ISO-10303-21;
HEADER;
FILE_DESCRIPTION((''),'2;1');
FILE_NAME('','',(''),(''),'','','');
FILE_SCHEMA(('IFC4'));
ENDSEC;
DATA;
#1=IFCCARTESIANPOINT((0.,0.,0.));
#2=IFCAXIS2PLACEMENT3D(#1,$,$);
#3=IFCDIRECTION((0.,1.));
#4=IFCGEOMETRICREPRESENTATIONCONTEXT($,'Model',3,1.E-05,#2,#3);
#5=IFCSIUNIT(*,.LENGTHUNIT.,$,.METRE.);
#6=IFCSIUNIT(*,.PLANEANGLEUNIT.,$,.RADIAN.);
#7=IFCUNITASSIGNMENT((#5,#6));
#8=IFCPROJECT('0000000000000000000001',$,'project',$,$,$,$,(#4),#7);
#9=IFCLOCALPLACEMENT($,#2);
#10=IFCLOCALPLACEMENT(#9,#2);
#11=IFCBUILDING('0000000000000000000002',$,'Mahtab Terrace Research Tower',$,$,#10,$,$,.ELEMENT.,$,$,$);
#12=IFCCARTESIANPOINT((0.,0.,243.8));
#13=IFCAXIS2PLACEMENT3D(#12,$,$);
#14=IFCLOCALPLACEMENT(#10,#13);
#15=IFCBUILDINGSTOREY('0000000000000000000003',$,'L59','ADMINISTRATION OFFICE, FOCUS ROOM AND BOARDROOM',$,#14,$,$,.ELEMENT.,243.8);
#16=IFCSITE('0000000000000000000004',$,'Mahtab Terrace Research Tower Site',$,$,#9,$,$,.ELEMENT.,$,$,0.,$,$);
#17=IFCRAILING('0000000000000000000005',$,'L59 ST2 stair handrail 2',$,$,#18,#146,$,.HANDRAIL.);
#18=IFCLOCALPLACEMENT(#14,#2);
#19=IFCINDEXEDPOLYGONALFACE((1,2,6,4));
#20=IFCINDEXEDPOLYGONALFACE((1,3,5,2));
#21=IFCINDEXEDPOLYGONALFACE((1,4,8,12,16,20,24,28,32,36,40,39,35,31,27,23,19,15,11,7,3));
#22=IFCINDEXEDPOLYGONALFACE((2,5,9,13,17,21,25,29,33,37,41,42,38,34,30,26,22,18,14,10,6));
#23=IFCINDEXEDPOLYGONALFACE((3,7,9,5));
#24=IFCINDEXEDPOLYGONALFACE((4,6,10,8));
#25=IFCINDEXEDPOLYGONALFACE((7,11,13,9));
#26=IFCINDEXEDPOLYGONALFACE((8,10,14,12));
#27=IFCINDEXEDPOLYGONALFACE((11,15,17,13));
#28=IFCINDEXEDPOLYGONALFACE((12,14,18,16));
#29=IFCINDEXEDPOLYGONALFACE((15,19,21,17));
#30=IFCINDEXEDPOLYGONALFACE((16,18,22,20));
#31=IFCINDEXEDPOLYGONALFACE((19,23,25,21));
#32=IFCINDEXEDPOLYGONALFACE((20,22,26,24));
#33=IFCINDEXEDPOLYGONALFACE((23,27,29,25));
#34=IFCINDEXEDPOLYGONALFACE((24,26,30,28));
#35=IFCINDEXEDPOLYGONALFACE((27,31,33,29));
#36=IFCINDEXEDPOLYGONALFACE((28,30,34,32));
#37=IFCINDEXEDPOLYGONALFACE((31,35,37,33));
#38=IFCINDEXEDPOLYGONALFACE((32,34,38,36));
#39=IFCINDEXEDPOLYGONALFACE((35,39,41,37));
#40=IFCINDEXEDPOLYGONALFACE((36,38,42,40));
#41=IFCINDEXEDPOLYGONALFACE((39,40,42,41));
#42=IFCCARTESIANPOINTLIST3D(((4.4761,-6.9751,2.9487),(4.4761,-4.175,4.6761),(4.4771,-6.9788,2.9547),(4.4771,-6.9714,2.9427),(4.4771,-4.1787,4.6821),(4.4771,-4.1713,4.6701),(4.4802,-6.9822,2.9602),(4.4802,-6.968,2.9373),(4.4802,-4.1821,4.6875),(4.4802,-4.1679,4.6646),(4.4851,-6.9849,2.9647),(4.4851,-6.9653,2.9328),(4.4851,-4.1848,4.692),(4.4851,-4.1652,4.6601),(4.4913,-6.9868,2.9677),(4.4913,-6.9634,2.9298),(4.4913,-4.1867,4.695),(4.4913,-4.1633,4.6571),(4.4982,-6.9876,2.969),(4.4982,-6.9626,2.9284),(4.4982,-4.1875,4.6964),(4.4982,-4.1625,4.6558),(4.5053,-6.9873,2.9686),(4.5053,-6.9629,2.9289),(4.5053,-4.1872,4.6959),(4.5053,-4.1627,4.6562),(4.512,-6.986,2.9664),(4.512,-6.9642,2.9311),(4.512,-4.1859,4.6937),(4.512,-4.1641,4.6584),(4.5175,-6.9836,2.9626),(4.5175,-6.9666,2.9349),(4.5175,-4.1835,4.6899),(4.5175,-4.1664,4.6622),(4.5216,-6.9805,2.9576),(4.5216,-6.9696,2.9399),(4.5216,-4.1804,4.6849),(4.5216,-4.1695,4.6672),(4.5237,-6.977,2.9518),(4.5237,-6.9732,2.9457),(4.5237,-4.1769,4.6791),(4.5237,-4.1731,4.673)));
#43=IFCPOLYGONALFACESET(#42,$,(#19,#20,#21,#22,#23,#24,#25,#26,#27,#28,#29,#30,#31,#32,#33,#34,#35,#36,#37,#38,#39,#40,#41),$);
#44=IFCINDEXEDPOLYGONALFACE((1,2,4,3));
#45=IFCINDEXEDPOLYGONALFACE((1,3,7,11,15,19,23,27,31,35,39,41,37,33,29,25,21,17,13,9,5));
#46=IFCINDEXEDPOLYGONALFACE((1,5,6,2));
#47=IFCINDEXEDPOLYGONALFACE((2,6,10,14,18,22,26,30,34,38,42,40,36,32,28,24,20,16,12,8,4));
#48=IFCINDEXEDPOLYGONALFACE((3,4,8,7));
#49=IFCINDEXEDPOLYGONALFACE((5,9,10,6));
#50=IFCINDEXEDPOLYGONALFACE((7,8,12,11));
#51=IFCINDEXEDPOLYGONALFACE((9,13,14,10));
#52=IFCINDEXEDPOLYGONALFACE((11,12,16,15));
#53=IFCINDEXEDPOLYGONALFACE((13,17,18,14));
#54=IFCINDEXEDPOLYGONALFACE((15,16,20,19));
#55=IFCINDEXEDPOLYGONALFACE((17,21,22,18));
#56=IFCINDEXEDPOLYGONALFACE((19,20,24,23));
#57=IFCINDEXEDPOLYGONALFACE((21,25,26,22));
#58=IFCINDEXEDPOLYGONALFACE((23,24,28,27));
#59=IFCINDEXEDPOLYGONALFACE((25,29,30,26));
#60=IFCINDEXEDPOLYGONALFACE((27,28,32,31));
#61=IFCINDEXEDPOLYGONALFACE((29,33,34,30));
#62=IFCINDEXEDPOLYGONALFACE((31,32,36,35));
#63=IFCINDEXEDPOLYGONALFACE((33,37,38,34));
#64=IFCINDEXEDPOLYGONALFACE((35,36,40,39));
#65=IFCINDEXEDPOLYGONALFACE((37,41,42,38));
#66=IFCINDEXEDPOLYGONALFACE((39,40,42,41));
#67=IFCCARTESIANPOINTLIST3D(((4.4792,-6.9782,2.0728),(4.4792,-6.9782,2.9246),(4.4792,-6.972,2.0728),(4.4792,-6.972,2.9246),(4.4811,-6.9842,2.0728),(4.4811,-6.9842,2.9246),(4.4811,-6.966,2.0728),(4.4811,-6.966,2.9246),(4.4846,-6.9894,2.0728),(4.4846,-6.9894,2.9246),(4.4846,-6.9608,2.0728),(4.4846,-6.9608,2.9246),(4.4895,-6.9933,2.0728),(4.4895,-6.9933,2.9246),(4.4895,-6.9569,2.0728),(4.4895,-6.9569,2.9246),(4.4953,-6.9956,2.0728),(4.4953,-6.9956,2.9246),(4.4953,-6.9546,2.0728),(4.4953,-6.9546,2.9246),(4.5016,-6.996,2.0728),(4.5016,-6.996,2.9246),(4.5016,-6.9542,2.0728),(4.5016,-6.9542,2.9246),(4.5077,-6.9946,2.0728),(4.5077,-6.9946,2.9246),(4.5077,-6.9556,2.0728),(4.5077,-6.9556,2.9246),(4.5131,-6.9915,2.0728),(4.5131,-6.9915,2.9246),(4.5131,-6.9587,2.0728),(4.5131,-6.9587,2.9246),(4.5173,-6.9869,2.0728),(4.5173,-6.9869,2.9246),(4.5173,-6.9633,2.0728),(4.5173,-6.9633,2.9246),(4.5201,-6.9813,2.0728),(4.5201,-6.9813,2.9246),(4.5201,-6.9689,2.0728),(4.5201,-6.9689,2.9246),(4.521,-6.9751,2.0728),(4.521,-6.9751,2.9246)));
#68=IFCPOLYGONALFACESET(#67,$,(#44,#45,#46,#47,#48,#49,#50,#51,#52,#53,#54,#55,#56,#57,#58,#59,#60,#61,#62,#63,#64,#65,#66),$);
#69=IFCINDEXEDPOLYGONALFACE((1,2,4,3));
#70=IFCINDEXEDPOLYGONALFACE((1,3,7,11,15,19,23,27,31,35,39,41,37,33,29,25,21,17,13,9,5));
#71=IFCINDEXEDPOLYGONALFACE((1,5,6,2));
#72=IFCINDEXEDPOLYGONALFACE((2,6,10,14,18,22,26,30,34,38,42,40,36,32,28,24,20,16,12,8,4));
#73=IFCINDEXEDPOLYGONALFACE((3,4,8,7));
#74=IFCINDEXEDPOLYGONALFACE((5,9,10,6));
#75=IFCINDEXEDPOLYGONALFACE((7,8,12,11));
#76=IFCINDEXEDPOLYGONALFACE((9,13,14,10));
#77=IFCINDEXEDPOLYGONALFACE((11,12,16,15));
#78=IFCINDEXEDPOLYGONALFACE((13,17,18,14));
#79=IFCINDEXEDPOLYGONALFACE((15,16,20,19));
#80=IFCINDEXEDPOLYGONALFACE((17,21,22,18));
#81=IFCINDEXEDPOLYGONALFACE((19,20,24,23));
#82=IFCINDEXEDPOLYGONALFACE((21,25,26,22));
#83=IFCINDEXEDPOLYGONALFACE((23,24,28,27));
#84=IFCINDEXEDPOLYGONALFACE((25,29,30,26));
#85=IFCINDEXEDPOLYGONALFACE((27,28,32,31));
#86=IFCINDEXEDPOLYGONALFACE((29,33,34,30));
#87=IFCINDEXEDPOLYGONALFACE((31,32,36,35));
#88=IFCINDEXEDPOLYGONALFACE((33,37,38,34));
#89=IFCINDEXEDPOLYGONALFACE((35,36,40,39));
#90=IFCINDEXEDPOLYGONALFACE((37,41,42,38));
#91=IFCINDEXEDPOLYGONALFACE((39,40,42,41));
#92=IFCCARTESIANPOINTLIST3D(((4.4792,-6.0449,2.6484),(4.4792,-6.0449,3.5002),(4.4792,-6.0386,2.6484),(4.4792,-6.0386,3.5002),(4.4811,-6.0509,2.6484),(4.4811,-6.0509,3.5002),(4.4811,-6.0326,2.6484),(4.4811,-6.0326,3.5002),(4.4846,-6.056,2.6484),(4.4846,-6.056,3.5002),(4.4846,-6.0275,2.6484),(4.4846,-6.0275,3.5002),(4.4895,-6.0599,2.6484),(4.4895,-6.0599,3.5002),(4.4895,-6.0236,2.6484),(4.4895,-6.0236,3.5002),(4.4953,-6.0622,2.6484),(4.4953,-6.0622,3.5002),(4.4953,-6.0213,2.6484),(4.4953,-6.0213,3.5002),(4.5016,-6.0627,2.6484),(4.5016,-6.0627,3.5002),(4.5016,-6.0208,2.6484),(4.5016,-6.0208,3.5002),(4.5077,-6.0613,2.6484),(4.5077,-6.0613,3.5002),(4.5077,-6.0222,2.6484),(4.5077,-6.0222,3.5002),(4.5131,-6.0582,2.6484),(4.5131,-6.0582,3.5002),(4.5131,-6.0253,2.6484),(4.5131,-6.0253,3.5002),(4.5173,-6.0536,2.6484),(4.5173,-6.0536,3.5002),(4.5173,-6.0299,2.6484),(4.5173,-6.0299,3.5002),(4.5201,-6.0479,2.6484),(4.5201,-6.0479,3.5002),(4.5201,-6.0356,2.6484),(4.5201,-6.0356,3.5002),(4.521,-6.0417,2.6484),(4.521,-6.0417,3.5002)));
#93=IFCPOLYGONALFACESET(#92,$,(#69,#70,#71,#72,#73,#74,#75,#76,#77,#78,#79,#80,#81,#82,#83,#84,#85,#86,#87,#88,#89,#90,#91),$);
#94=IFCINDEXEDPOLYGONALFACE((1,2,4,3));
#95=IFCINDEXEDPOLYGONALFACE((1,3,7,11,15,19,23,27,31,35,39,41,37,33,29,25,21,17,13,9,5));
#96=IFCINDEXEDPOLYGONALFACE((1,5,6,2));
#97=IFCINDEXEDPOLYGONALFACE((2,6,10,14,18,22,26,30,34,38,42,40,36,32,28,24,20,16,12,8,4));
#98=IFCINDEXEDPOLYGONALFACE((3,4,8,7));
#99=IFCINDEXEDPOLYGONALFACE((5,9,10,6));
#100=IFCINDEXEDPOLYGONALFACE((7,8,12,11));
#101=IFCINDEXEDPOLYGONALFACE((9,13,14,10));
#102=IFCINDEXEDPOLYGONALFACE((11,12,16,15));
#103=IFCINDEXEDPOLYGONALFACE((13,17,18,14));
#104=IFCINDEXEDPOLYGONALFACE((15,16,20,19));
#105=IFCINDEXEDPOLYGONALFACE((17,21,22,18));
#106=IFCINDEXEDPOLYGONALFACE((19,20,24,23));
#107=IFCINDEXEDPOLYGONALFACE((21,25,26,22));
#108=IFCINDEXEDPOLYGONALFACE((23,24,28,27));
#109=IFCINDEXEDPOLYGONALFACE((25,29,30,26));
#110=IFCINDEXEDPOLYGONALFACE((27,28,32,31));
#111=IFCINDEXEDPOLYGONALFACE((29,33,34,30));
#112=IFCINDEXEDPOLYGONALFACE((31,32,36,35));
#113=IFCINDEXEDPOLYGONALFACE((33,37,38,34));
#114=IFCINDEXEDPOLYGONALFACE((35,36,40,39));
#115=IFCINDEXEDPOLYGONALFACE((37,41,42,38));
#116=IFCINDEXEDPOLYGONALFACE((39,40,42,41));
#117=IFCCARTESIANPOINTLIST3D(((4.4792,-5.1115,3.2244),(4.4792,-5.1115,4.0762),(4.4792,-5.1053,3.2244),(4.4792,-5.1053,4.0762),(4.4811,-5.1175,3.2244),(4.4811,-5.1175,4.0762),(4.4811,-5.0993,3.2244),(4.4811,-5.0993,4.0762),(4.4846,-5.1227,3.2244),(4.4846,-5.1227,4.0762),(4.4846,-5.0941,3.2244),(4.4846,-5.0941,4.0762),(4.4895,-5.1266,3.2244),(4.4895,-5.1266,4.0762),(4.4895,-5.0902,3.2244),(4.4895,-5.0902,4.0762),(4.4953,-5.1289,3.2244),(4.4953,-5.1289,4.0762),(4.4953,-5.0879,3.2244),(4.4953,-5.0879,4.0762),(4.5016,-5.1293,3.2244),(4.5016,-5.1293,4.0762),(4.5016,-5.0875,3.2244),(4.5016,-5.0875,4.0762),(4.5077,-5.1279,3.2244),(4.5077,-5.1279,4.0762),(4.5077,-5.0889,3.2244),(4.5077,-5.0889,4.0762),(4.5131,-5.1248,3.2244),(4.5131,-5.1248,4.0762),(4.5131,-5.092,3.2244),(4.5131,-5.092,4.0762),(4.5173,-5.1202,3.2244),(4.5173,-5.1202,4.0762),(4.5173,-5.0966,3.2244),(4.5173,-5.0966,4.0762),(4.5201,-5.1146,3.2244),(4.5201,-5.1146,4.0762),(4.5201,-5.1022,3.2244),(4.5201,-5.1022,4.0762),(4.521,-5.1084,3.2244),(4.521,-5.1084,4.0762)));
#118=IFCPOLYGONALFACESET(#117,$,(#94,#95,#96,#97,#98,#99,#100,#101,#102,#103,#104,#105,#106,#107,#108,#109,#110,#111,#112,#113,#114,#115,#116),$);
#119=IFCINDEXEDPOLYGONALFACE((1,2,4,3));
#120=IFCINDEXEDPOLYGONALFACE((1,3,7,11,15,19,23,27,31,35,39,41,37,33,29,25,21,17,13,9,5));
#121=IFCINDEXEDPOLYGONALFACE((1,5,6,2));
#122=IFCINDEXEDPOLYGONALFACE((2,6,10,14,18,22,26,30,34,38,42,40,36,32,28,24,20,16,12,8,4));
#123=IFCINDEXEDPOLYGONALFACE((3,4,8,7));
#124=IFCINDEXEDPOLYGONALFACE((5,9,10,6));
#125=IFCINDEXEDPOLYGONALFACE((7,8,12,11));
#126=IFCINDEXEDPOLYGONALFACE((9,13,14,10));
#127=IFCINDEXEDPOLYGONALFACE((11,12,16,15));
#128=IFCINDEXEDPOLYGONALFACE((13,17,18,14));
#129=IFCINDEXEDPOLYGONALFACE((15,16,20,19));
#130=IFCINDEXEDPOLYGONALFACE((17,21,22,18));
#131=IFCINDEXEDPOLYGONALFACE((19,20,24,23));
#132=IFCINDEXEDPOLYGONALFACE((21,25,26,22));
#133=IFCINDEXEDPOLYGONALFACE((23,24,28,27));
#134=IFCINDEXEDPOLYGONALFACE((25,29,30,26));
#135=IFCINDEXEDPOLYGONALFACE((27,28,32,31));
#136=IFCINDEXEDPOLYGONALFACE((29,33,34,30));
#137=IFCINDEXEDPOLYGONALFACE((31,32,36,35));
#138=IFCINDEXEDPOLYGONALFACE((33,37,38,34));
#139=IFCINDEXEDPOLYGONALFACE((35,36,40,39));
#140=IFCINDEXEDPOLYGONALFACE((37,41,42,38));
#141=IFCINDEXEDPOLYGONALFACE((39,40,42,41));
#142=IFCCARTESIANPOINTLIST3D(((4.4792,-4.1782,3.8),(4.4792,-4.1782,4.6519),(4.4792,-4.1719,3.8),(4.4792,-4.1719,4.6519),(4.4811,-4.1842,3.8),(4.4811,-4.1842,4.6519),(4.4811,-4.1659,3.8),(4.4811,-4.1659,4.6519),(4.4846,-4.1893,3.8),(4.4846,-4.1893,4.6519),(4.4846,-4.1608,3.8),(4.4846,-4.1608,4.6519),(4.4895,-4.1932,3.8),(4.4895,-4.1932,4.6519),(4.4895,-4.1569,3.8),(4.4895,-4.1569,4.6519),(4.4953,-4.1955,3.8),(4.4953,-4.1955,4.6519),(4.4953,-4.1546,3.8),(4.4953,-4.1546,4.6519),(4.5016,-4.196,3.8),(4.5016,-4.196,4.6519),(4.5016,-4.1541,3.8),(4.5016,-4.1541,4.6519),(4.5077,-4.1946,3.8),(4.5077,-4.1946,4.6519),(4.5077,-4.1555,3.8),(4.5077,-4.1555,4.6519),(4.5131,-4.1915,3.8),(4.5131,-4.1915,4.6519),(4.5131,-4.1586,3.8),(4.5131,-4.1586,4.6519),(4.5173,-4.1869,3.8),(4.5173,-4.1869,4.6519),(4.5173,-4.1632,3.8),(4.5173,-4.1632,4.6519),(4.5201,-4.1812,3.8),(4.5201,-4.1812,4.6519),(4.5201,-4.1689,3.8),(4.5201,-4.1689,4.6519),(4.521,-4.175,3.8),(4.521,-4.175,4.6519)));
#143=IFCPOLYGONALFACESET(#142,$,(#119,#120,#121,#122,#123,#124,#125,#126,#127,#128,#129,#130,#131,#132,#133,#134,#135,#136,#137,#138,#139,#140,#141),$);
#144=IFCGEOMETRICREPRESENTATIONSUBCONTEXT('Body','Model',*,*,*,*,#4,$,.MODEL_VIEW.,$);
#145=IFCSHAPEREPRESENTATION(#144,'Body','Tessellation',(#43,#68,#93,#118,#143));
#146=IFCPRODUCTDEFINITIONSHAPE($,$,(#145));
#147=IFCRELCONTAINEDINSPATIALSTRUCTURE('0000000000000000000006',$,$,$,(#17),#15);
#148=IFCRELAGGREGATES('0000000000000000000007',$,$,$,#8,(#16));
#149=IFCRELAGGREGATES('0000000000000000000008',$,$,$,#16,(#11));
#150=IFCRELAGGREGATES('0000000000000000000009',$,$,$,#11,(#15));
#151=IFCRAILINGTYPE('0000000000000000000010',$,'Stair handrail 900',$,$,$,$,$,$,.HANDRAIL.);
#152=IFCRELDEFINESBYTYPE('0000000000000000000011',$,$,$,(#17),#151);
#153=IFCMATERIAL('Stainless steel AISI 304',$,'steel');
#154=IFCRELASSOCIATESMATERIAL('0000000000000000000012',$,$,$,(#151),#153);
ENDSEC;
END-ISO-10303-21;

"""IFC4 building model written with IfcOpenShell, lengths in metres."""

from ifc_helpers import new_model, si_unit, direction, frame, origin, origin_2d, place, context, subcontext, project, spatial, circle, extrude, material, type_object, element, save


model = new_model("IFC4")

# Units and contexts
model_context = context("Model", 3, precision=1e-05, world=origin(), true_north=direction((0.0, 1.0)))
body_context = subcontext(model_context, "Body", "Model", "MODEL_VIEW")
ifc_project = project(units=[si_unit("LENGTHUNIT", "METRE"), si_unit("PLANEANGLEUNIT", "RADIAN")], contexts=[model_context])

# Site, building, storey
site_placement = place(None, origin())
site = spatial("IfcSite", under=ifc_project, at=site_placement, Name="Mahtab Terrace Research Tower Site", CompositionType="ELEMENT", RefElevation=0.0)
building_placement = place(site_placement, origin())
building = spatial("IfcBuilding", under=site, at=building_placement, Name="Mahtab Terrace Research Tower", CompositionType="ELEMENT")
storey_placement = place(building_placement, frame((0.0, 0.0, 243.8)))
storey = spatial("IfcBuildingStorey", under=building, at=storey_placement, Name="L59", Description="ADMINISTRATION OFFICE, FOCUS ROOM AND BOARDROOM", CompositionType="ELEMENT", Elevation=243.8)

# Railing
ifc_material_1 = material(Name="Stainless steel AISI 304", Category="steel")
railing_type_1 = type_object("IfcRailingType", Name="Stair handrail 900", PredefinedType="HANDRAIL", material=ifc_material_1)
railing_1_placement = place(storey_placement, frame((4.5, -6.9751, 2.0728)))
element("IfcRailing", 1, at=railing_1_placement, inside=storey, type_object=railing_type_1, Name="L59 ST2 stair handrail 2", PredefinedType="HANDRAIL", context=body_context, shape_type="SweptSolid", body=[
    extrude(circle(Radius=0.0239, at=origin_2d()), frame((0.0, 0.0, 0.876), z_axis=(0.0, 0.85109, 0.52502), x_axis=(-1.0, 0.0, 0.0)), (0.0, 0.0, 1.0), 3.29),
    extrude(circle(Radius=0.021, at=origin_2d()), origin(), (0.0, 0.0, 1.0), 0.8518),
    extrude(circle(Radius=0.021, at=origin_2d()), frame((0.0, 0.9333, 0.5757)), (0.0, 0.0, 1.0), 0.8518),
    extrude(circle(Radius=0.021, at=origin_2d()), frame((0.0, 1.8667, 1.1516)), (0.0, 0.0, 1.0), 0.8518),
    extrude(circle(Radius=0.021, at=origin_2d()), frame((0.0, 2.8, 1.7273)), (0.0, 0.0, 1.0), 0.8518),
])

save(model, "model.ifc")
